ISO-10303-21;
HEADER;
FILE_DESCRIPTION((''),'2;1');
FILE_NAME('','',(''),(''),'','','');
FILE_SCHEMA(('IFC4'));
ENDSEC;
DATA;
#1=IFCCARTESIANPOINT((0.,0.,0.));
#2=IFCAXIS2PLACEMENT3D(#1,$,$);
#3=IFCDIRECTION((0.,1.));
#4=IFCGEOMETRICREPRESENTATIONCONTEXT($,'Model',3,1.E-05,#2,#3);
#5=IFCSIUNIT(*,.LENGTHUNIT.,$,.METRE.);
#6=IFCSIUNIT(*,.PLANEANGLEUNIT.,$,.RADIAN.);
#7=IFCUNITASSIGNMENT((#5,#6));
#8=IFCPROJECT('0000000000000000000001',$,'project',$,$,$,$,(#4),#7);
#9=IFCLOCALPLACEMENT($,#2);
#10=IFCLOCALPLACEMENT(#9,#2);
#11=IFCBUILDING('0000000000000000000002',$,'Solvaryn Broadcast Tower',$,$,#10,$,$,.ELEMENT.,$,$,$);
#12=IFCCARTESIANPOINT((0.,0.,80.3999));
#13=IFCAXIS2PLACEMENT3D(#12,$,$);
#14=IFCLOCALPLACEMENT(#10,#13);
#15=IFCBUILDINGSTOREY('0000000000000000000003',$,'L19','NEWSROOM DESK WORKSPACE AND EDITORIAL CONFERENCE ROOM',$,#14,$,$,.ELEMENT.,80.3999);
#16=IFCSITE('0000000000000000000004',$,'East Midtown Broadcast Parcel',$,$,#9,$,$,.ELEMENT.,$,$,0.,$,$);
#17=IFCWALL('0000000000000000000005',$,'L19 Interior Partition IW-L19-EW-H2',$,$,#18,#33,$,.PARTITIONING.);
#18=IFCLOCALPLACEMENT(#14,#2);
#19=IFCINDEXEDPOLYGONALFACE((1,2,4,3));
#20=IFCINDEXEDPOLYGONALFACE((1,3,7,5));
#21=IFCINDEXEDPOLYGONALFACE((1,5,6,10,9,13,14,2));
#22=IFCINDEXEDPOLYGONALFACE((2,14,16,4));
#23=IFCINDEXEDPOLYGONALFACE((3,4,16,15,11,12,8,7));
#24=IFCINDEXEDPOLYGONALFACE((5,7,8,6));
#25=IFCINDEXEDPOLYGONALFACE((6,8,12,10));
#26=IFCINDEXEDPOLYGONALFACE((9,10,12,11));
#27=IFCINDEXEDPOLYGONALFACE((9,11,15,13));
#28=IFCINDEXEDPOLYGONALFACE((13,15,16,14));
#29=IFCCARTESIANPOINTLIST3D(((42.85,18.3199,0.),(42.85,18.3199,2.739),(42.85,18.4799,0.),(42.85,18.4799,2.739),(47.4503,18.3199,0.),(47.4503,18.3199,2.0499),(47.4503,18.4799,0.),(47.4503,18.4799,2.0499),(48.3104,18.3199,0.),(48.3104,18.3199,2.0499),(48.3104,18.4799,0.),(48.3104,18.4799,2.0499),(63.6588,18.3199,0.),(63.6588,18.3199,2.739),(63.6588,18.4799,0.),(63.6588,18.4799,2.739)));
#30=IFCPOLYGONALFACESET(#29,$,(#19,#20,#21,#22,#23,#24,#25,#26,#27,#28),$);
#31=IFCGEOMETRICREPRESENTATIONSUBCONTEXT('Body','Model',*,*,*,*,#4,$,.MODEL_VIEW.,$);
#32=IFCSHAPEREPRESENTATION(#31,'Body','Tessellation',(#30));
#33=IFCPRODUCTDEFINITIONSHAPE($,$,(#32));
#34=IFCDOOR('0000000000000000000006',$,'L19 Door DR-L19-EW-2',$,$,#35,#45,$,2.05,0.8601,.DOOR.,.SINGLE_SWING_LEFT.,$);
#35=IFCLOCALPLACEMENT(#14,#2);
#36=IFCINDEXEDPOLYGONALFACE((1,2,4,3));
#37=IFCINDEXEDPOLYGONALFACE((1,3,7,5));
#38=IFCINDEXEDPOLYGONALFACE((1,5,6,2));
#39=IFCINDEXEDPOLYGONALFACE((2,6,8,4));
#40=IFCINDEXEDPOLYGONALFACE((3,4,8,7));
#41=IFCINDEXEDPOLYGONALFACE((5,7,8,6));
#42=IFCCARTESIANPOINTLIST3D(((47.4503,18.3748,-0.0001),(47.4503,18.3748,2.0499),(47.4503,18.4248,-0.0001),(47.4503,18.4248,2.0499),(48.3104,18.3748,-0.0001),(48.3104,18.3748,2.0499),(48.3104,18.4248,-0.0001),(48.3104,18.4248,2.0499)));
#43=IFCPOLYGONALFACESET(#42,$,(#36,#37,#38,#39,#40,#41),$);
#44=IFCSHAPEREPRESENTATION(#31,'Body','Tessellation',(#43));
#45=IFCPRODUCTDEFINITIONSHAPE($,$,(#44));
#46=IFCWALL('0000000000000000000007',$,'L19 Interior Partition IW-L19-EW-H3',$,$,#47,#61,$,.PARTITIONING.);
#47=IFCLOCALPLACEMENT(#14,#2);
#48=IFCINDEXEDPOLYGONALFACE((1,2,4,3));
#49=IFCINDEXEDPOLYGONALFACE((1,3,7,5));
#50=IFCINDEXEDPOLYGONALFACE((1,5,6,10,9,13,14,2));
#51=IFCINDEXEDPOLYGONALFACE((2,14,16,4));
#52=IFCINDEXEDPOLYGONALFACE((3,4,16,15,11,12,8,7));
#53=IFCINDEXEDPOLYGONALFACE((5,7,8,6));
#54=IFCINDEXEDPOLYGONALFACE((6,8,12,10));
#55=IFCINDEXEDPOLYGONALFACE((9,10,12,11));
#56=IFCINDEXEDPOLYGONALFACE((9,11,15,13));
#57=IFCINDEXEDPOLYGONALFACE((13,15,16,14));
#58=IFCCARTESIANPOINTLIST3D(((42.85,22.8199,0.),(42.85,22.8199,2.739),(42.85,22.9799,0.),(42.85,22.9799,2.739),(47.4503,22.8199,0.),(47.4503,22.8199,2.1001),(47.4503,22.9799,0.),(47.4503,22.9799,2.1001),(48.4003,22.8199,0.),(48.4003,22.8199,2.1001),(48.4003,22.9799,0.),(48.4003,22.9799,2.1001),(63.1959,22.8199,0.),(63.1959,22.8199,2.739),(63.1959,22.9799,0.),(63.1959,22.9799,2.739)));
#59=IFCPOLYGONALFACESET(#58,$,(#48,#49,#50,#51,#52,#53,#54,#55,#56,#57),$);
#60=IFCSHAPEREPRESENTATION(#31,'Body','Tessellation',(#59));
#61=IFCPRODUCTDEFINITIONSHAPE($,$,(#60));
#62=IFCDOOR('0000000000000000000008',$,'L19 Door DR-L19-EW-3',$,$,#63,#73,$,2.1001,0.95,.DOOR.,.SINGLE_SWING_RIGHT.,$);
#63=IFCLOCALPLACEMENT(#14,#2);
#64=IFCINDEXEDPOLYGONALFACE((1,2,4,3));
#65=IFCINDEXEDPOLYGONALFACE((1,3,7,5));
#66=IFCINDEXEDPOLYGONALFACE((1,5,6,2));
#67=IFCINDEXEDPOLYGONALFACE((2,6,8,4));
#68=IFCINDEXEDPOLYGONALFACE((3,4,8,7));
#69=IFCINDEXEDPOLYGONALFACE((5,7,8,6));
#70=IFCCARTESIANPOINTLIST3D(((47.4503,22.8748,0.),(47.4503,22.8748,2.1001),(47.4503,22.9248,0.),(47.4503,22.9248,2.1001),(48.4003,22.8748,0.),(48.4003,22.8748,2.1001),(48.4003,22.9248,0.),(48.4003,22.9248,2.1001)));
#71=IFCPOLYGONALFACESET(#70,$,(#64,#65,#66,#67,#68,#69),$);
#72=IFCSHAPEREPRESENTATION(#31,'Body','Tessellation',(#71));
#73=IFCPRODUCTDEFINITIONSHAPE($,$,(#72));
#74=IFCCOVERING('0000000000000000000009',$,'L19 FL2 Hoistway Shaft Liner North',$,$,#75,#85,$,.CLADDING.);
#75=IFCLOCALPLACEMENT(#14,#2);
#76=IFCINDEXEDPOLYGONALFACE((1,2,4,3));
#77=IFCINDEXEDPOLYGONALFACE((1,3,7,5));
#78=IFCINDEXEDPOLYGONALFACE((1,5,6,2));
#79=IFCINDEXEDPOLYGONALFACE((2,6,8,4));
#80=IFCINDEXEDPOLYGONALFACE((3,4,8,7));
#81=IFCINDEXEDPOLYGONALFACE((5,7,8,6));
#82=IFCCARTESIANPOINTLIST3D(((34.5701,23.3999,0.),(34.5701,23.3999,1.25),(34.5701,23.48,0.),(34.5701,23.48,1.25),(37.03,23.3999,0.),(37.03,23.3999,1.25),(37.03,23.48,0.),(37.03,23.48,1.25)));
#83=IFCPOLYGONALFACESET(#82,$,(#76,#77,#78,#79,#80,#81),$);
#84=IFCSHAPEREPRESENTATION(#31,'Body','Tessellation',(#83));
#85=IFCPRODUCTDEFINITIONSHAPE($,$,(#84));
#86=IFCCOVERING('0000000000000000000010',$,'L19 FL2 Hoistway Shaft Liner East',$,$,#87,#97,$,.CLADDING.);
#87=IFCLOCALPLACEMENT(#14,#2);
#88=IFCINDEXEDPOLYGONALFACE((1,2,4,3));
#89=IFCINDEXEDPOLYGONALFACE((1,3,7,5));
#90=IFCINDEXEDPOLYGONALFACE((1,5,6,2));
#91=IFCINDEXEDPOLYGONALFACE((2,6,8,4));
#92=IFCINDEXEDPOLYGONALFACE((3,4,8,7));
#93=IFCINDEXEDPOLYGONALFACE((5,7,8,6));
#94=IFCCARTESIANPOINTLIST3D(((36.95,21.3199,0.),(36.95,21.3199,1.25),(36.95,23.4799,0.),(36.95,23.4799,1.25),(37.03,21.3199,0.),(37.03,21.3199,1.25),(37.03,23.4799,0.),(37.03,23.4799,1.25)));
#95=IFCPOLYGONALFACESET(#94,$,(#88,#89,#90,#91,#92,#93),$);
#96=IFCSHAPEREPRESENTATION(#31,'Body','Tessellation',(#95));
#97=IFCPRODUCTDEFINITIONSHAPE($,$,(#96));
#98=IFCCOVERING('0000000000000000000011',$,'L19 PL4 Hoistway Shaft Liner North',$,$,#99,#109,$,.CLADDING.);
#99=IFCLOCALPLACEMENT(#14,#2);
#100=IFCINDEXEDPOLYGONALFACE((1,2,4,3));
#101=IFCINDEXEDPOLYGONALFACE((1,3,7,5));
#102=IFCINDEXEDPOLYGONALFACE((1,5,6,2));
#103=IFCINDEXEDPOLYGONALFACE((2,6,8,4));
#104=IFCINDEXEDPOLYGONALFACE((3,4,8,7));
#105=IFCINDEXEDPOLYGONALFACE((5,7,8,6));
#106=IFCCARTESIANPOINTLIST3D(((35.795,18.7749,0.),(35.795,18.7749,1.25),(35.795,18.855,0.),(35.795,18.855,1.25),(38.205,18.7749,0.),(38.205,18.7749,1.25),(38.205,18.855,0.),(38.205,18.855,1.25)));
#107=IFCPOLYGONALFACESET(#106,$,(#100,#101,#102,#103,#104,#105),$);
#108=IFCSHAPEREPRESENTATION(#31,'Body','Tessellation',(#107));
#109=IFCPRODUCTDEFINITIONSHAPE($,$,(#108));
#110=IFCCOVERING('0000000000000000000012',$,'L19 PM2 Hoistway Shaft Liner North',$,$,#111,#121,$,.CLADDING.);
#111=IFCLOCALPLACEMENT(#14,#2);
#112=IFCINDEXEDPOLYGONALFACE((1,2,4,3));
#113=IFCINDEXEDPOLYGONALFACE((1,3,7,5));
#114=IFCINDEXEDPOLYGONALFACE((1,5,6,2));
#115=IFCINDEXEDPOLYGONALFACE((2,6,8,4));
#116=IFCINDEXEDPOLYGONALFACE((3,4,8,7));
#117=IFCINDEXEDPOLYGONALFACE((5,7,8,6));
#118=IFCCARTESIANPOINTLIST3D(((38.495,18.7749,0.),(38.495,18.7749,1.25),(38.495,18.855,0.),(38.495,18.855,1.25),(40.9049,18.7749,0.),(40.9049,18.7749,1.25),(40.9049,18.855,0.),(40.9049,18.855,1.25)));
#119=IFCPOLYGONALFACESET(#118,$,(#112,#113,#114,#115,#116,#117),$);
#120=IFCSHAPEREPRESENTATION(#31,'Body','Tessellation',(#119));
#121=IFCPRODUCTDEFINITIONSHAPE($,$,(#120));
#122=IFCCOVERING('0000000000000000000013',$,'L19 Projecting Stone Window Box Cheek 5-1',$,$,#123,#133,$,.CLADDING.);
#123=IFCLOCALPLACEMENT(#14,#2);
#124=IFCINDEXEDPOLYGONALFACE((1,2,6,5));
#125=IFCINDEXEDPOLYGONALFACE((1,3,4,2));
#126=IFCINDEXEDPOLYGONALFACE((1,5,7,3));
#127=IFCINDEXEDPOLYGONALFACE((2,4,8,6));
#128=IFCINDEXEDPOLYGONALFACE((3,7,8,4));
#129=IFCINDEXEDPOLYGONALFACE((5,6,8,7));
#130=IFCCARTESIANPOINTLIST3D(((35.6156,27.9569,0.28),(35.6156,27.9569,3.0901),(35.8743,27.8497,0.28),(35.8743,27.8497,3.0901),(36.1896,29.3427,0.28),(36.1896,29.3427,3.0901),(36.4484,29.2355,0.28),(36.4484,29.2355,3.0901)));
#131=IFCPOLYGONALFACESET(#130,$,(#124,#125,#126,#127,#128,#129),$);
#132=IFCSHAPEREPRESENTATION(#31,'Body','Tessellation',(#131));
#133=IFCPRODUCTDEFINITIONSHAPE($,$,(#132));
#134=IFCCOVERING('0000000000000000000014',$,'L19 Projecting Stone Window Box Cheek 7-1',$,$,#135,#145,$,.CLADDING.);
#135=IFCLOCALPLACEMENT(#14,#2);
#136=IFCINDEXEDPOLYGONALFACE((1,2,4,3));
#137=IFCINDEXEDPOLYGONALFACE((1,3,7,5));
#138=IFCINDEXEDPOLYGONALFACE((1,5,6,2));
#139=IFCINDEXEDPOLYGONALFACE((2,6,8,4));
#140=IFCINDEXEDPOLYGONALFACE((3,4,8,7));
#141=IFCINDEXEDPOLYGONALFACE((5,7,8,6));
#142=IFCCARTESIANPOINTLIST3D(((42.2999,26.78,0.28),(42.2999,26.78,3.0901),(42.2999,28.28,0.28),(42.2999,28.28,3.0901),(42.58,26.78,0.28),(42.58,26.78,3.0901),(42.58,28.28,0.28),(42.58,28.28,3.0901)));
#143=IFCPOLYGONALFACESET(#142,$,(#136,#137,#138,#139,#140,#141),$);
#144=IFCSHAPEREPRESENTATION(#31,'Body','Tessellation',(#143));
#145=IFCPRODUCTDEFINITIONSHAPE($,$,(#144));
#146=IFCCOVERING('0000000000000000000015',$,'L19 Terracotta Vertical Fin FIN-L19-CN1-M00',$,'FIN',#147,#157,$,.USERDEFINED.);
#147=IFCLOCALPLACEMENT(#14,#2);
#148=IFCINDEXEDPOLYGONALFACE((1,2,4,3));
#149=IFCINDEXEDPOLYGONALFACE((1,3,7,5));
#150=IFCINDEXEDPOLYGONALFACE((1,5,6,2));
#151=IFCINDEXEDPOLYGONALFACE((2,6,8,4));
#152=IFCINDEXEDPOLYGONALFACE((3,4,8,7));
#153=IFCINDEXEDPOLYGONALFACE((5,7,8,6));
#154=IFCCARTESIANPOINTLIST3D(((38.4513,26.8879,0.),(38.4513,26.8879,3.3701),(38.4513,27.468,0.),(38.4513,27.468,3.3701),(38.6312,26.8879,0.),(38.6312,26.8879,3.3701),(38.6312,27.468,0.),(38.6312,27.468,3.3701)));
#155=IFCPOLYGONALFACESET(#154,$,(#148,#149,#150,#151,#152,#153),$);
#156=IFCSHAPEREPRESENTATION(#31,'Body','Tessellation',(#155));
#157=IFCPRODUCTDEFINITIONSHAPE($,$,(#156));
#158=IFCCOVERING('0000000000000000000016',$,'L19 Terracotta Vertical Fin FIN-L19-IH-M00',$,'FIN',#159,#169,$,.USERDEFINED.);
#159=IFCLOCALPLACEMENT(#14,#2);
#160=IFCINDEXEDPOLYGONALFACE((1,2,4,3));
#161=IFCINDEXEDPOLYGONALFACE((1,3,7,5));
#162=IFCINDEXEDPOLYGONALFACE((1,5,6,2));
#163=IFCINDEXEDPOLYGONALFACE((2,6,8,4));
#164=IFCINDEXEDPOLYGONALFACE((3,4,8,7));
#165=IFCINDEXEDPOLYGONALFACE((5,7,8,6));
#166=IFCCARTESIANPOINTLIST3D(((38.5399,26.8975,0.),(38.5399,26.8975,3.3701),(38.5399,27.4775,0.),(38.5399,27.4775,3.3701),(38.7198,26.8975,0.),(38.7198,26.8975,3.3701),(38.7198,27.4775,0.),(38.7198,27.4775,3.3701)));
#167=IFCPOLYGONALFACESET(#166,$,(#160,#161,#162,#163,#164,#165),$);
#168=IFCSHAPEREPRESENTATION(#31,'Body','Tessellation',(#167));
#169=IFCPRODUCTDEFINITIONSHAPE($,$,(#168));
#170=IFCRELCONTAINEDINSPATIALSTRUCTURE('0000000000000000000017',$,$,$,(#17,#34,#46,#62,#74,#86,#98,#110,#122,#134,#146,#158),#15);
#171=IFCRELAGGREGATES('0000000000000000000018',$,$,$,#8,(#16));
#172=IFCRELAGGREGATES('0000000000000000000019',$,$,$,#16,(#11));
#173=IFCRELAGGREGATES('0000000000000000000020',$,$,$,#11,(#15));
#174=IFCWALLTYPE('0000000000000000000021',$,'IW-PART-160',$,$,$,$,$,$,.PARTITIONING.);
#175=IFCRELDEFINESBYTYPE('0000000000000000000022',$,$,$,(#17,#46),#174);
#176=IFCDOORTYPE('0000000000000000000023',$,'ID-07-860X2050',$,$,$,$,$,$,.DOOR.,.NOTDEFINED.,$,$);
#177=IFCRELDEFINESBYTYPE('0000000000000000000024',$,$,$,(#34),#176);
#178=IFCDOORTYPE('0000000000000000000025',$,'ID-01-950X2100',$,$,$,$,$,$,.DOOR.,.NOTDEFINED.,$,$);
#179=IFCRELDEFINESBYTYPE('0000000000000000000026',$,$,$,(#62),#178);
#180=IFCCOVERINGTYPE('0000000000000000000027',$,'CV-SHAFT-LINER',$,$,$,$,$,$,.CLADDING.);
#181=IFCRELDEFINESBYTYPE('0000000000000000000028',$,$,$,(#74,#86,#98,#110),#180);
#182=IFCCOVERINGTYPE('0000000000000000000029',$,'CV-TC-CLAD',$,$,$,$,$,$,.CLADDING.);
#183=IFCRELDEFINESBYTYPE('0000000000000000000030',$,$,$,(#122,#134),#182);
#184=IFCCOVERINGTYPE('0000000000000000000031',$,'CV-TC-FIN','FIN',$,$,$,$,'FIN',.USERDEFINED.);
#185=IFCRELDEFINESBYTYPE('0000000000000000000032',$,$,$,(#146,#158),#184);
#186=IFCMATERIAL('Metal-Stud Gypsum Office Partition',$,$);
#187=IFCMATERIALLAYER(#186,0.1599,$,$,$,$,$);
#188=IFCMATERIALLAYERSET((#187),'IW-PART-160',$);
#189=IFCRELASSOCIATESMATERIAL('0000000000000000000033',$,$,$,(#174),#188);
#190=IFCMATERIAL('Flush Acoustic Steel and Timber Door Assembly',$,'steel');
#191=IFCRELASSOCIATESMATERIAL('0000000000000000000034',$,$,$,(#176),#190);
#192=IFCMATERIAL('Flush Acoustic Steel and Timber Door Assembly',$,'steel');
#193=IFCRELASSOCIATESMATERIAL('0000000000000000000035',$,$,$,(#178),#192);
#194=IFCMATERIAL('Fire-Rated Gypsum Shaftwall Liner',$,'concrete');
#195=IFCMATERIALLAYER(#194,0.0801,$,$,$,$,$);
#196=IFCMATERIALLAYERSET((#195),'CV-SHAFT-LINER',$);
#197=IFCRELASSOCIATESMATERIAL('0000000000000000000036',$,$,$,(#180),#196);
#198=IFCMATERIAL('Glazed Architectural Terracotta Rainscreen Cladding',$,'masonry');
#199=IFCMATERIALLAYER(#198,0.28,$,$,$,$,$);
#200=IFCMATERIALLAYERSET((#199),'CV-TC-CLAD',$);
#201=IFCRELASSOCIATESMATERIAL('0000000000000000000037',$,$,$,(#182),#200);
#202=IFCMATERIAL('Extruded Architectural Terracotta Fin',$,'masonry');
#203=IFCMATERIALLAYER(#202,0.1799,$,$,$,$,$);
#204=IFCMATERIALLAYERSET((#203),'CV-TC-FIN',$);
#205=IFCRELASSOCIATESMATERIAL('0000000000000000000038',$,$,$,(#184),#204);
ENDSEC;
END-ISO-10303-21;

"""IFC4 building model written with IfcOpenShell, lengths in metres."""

from ifc_helpers import new_model, si_unit, direction, frame, frame_2d, origin, origin_2d, place, context, subcontext, project, spatial, rectangle, extrude, material, layer, layer_set, type_object, element, fill, save


model = new_model("IFC4")

# Units and contexts
model_context = context("Model", 3, precision=1e-05, world=origin(), true_north=direction((0.0, 1.0)))
body_context = subcontext(model_context, "Body", "Model", "MODEL_VIEW")
ifc_project = project(units=[si_unit("LENGTHUNIT", "METRE"), si_unit("PLANEANGLEUNIT", "RADIAN")], contexts=[model_context])

# Site, building, storey
site_placement = place(None, origin())
site = spatial("IfcSite", under=ifc_project, at=site_placement, Name="East Midtown Broadcast Parcel", CompositionType="ELEMENT", RefElevation=0.0)
building_placement = place(site_placement, origin())
building = spatial("IfcBuilding", under=site, at=building_placement, Name="Solvaryn Broadcast Tower", CompositionType="ELEMENT")
storey_placement = place(building_placement, frame((0.0, 0.0, 80.3999)))
storey = spatial("IfcBuildingStorey", under=building, at=storey_placement, Name="L19", Description="NEWSROOM DESK WORKSPACE AND EDITORIAL CONFERENCE ROOM", CompositionType="ELEMENT", Elevation=80.3999)

# Walls, openings, doors
ifc_material_1 = material(Name="Metal-Stud Gypsum Office Partition")
ifc_layer_1 = layer(ifc_material_1, 0.1599)
ifc_layer_set_1 = layer_set([ifc_layer_1], Name="IW-PART-160")
wall_type_1 = type_object("IfcWallType", Name="IW-PART-160", PredefinedType="PARTITIONING", material=ifc_layer_set_1)
wall_1_placement = place(storey_placement, frame((42.8501, 18.3999, 0.0), z_axis=(0.0, 0.0, 1.0), x_axis=(1.0, 0.0, 0.0)))
wall_1 = element("IfcWall", 1, at=wall_1_placement, inside=storey, type_object=wall_type_1, Name="L19 Interior Partition IW-L19-EW-H2", PredefinedType="PARTITIONING", context=body_context, shape_type="SweptSolid", body=[
    extrude(rectangle(XDim=20.8088, YDim=0.1599, at=frame_2d((10.4043, 0.0))), origin(), (0.0, 0.0, 1.0), 2.739),
])
opening_1_placement = place(wall_1_placement, frame((4.6001, 0.0, 0.0)))
opening_1 = element("IfcOpeningElement", 2, at=opening_1_placement, cuts=wall_1, PredefinedType="OPENING", context=body_context, shape_type="SweptSolid", body=[
    extrude(rectangle(XDim=0.8601, YDim=2.05, at=frame_2d((0.4302, 1.0249))), frame((0.0, 0.0901, 0.0), z_axis=(0.0, -1.0, 0.0), x_axis=(1.0, 0.0, 0.0)), (0.0, 0.0, 1.0), 0.1799),
])
ifc_material_2 = material(Name="Flush Acoustic Steel and Timber Door Assembly", Category="steel")
door_type_1 = type_object("IfcDoorType", Name="ID-07-860X2050", OperationType="NOTDEFINED", PredefinedType="DOOR", material=ifc_material_2)
door_1_placement = place(opening_1_placement, origin())
door_1 = element("IfcDoor", 3, at=door_1_placement, inside=storey, type_object=door_type_1, Name="L19 Door DR-L19-EW-2", OperationType="SINGLE_SWING_LEFT", OverallHeight=2.05, OverallWidth=0.8601, PredefinedType="DOOR", context=body_context, shape_type="SweptSolid", body=[
    extrude(rectangle(XDim=0.8601, YDim=2.05, at=frame_2d((0.4302, 1.0249))), frame((0.0, 0.0249, 0.0), z_axis=(0.0, -1.0, 0.0), x_axis=(1.0, 0.0, 0.0)), (0.0, 0.0, 1.0), 0.05),
])
fill(opening_1, door_1)
wall_2_placement = place(storey_placement, frame((42.8501, 22.8999, 0.0), z_axis=(0.0, 0.0, 1.0), x_axis=(1.0, 0.0, 0.0)))
wall_2 = element("IfcWall", 4, at=wall_2_placement, inside=storey, type_object=wall_type_1, Name="L19 Interior Partition IW-L19-EW-H3", PredefinedType="PARTITIONING", context=body_context, shape_type="SweptSolid", body=[
    extrude(rectangle(XDim=20.3459, YDim=0.1599, at=frame_2d((10.1729, 0.0))), origin(), (0.0, 0.0, 1.0), 2.739),
])
opening_2_placement = place(wall_2_placement, frame((4.6001, 0.0, 0.0)))
opening_2 = element("IfcOpeningElement", 5, at=opening_2_placement, cuts=wall_2, PredefinedType="OPENING", context=body_context, shape_type="SweptSolid", body=[
    extrude(rectangle(XDim=0.95, YDim=2.1001, at=frame_2d((0.4751, 1.05))), frame((0.0, 0.0901, 0.0), z_axis=(0.0, -1.0, 0.0), x_axis=(1.0, 0.0, 0.0)), (0.0, 0.0, 1.0), 0.1799),
])
ifc_material_3 = material(Name="Flush Acoustic Steel and Timber Door Assembly", Category="steel")
door_type_2 = type_object("IfcDoorType", Name="ID-01-950X2100", OperationType="NOTDEFINED", PredefinedType="DOOR", material=ifc_material_3)
door_2_placement = place(opening_2_placement, origin())
door_2 = element("IfcDoor", 6, at=door_2_placement, inside=storey, type_object=door_type_2, Name="L19 Door DR-L19-EW-3", OperationType="SINGLE_SWING_RIGHT", OverallHeight=2.1001, OverallWidth=0.95, PredefinedType="DOOR", context=body_context, shape_type="SweptSolid", body=[
    extrude(rectangle(XDim=0.95, YDim=2.1001, at=frame_2d((0.4751, 1.05))), frame((0.0, 0.0249, 0.0), z_axis=(0.0, -1.0, 0.0), x_axis=(1.0, 0.0, 0.0)), (0.0, 0.0, 1.0), 0.05),
])
fill(opening_2, door_2)

# Coverings
ifc_material_4 = material(Name="Fire-Rated Gypsum Shaftwall Liner", Category="concrete")
ifc_layer_2 = layer(ifc_material_4, 0.0801)
ifc_layer_set_2 = layer_set([ifc_layer_2], Name="CV-SHAFT-LINER")
covering_type_1 = type_object("IfcCoveringType", Name="CV-SHAFT-LINER", PredefinedType="CLADDING", material=ifc_layer_set_2)
covering_1_placement = place(storey_placement, frame((35.8, 23.4399, 0.0), z_axis=(0.0, 0.0, 1.0), x_axis=(1.0, 0.0, 0.0)))
element("IfcCovering", 7, at=covering_1_placement, inside=storey, type_object=covering_type_1, Name="L19 FL2 Hoistway Shaft Liner North", PredefinedType="CLADDING", context=body_context, shape_type="SweptSolid", body=[
    extrude(rectangle(XDim=2.46, YDim=0.0801, at=origin_2d()), origin(), (0.0, 0.0, 1.0), 1.25),
])
covering_2_placement = place(storey_placement, frame((36.99, 22.3999, 0.0), z_axis=(0.0, 0.0, 1.0), x_axis=(1.0, 0.0, 0.0)))
element("IfcCovering", 8, at=covering_2_placement, inside=storey, type_object=covering_type_1, Name="L19 FL2 Hoistway Shaft Liner East", PredefinedType="CLADDING", context=body_context, shape_type="SweptSolid", body=[
    extrude(rectangle(XDim=0.0801, YDim=2.1599, at=origin_2d()), origin(), (0.0, 0.0, 1.0), 1.25),
])
for number, where, z_axis, x_axis, name in (
    (9, (37.0, 18.8149, 0.0), (0.0, 0.0, 1.0), (1.0, 0.0, 0.0), "L19 PL4 Hoistway Shaft Liner North"),
    (10, (39.7, 18.8149, 0.0), (0.0, 0.0, 1.0), (1.0, 0.0, 0.0), "L19 PM2 Hoistway Shaft Liner North"),
):
    element("IfcCovering", number, at=place(storey_placement, frame(where, z_axis=z_axis, x_axis=x_axis)), inside=storey, type_object=covering_type_1, Name=name, PredefinedType="CLADDING", context=body_context, shape_type="SweptSolid", body=[
        extrude(rectangle(XDim=2.4099, YDim=0.0801, at=origin_2d()), origin(), (0.0, 0.0, 1.0), 1.25),
    ])
ifc_material_5 = material(Name="Glazed Architectural Terracotta Rainscreen Cladding", Category="masonry")
ifc_layer_3 = layer(ifc_material_5, 0.28)
ifc_layer_set_3 = layer_set([ifc_layer_3], Name="CV-TC-CLAD")
covering_type_2 = type_object("IfcCoveringType", Name="CV-TC-CLAD", PredefinedType="CLADDING", material=ifc_layer_set_3)
for number, where, z_axis, x_axis, name in (
    (11, (36.032, 28.5962, 0.28), (0.0, 0.0, 1.0), (-0.92388, 0.382683, 0.0), "L19 Projecting Stone Window Box Cheek 5-1"),
    (12, (42.4399, 27.53, 0.28), (0.0, 0.0, 1.0), (1.0, 0.0, 0.0), "L19 Projecting Stone Window Box Cheek 7-1"),
):
    element("IfcCovering", number, at=place(storey_placement, frame(where, z_axis=z_axis, x_axis=x_axis)), inside=storey, type_object=covering_type_2, Name=name, PredefinedType="CLADDING", context=body_context, shape_type="SweptSolid", body=[
        extrude(rectangle(XDim=0.28, YDim=1.5, at=origin_2d()), origin(), (0.0, 0.0, 1.0), 2.8101),
    ])
ifc_material_6 = material(Name="Extruded Architectural Terracotta Fin", Category="masonry")
ifc_layer_4 = layer(ifc_material_6, 0.1799)
ifc_layer_set_4 = layer_set([ifc_layer_4], Name="CV-TC-FIN")
covering_type_3 = type_object("IfcCoveringType", Name="CV-TC-FIN", Description="FIN", ElementType="FIN", PredefinedType="USERDEFINED", material=ifc_layer_set_4)
for number, where, z_axis, x_axis, name in (
    (13, (38.5413, 27.178, 0.0), (0.0, 0.0, 1.0), (1.0, 0.0, 0.0), "L19 Terracotta Vertical Fin FIN-L19-CN1-M00"),
    (14, (38.6299, 27.1875, 0.0), (0.0, 0.0, 1.0), (1.0, 0.0, 0.0), "L19 Terracotta Vertical Fin FIN-L19-IH-M00"),
):
    element("IfcCovering", number, at=place(storey_placement, frame(where, z_axis=z_axis, x_axis=x_axis)), inside=storey, type_object=covering_type_3, Name=name, ObjectType="FIN", PredefinedType="USERDEFINED", context=body_context, shape_type="SweptSolid", body=[
        extrude(rectangle(XDim=0.1799, YDim=0.5801, at=origin_2d()), origin(), (0.0, 0.0, 1.0), 3.3701),
    ])

save(model, "model.ifc")
